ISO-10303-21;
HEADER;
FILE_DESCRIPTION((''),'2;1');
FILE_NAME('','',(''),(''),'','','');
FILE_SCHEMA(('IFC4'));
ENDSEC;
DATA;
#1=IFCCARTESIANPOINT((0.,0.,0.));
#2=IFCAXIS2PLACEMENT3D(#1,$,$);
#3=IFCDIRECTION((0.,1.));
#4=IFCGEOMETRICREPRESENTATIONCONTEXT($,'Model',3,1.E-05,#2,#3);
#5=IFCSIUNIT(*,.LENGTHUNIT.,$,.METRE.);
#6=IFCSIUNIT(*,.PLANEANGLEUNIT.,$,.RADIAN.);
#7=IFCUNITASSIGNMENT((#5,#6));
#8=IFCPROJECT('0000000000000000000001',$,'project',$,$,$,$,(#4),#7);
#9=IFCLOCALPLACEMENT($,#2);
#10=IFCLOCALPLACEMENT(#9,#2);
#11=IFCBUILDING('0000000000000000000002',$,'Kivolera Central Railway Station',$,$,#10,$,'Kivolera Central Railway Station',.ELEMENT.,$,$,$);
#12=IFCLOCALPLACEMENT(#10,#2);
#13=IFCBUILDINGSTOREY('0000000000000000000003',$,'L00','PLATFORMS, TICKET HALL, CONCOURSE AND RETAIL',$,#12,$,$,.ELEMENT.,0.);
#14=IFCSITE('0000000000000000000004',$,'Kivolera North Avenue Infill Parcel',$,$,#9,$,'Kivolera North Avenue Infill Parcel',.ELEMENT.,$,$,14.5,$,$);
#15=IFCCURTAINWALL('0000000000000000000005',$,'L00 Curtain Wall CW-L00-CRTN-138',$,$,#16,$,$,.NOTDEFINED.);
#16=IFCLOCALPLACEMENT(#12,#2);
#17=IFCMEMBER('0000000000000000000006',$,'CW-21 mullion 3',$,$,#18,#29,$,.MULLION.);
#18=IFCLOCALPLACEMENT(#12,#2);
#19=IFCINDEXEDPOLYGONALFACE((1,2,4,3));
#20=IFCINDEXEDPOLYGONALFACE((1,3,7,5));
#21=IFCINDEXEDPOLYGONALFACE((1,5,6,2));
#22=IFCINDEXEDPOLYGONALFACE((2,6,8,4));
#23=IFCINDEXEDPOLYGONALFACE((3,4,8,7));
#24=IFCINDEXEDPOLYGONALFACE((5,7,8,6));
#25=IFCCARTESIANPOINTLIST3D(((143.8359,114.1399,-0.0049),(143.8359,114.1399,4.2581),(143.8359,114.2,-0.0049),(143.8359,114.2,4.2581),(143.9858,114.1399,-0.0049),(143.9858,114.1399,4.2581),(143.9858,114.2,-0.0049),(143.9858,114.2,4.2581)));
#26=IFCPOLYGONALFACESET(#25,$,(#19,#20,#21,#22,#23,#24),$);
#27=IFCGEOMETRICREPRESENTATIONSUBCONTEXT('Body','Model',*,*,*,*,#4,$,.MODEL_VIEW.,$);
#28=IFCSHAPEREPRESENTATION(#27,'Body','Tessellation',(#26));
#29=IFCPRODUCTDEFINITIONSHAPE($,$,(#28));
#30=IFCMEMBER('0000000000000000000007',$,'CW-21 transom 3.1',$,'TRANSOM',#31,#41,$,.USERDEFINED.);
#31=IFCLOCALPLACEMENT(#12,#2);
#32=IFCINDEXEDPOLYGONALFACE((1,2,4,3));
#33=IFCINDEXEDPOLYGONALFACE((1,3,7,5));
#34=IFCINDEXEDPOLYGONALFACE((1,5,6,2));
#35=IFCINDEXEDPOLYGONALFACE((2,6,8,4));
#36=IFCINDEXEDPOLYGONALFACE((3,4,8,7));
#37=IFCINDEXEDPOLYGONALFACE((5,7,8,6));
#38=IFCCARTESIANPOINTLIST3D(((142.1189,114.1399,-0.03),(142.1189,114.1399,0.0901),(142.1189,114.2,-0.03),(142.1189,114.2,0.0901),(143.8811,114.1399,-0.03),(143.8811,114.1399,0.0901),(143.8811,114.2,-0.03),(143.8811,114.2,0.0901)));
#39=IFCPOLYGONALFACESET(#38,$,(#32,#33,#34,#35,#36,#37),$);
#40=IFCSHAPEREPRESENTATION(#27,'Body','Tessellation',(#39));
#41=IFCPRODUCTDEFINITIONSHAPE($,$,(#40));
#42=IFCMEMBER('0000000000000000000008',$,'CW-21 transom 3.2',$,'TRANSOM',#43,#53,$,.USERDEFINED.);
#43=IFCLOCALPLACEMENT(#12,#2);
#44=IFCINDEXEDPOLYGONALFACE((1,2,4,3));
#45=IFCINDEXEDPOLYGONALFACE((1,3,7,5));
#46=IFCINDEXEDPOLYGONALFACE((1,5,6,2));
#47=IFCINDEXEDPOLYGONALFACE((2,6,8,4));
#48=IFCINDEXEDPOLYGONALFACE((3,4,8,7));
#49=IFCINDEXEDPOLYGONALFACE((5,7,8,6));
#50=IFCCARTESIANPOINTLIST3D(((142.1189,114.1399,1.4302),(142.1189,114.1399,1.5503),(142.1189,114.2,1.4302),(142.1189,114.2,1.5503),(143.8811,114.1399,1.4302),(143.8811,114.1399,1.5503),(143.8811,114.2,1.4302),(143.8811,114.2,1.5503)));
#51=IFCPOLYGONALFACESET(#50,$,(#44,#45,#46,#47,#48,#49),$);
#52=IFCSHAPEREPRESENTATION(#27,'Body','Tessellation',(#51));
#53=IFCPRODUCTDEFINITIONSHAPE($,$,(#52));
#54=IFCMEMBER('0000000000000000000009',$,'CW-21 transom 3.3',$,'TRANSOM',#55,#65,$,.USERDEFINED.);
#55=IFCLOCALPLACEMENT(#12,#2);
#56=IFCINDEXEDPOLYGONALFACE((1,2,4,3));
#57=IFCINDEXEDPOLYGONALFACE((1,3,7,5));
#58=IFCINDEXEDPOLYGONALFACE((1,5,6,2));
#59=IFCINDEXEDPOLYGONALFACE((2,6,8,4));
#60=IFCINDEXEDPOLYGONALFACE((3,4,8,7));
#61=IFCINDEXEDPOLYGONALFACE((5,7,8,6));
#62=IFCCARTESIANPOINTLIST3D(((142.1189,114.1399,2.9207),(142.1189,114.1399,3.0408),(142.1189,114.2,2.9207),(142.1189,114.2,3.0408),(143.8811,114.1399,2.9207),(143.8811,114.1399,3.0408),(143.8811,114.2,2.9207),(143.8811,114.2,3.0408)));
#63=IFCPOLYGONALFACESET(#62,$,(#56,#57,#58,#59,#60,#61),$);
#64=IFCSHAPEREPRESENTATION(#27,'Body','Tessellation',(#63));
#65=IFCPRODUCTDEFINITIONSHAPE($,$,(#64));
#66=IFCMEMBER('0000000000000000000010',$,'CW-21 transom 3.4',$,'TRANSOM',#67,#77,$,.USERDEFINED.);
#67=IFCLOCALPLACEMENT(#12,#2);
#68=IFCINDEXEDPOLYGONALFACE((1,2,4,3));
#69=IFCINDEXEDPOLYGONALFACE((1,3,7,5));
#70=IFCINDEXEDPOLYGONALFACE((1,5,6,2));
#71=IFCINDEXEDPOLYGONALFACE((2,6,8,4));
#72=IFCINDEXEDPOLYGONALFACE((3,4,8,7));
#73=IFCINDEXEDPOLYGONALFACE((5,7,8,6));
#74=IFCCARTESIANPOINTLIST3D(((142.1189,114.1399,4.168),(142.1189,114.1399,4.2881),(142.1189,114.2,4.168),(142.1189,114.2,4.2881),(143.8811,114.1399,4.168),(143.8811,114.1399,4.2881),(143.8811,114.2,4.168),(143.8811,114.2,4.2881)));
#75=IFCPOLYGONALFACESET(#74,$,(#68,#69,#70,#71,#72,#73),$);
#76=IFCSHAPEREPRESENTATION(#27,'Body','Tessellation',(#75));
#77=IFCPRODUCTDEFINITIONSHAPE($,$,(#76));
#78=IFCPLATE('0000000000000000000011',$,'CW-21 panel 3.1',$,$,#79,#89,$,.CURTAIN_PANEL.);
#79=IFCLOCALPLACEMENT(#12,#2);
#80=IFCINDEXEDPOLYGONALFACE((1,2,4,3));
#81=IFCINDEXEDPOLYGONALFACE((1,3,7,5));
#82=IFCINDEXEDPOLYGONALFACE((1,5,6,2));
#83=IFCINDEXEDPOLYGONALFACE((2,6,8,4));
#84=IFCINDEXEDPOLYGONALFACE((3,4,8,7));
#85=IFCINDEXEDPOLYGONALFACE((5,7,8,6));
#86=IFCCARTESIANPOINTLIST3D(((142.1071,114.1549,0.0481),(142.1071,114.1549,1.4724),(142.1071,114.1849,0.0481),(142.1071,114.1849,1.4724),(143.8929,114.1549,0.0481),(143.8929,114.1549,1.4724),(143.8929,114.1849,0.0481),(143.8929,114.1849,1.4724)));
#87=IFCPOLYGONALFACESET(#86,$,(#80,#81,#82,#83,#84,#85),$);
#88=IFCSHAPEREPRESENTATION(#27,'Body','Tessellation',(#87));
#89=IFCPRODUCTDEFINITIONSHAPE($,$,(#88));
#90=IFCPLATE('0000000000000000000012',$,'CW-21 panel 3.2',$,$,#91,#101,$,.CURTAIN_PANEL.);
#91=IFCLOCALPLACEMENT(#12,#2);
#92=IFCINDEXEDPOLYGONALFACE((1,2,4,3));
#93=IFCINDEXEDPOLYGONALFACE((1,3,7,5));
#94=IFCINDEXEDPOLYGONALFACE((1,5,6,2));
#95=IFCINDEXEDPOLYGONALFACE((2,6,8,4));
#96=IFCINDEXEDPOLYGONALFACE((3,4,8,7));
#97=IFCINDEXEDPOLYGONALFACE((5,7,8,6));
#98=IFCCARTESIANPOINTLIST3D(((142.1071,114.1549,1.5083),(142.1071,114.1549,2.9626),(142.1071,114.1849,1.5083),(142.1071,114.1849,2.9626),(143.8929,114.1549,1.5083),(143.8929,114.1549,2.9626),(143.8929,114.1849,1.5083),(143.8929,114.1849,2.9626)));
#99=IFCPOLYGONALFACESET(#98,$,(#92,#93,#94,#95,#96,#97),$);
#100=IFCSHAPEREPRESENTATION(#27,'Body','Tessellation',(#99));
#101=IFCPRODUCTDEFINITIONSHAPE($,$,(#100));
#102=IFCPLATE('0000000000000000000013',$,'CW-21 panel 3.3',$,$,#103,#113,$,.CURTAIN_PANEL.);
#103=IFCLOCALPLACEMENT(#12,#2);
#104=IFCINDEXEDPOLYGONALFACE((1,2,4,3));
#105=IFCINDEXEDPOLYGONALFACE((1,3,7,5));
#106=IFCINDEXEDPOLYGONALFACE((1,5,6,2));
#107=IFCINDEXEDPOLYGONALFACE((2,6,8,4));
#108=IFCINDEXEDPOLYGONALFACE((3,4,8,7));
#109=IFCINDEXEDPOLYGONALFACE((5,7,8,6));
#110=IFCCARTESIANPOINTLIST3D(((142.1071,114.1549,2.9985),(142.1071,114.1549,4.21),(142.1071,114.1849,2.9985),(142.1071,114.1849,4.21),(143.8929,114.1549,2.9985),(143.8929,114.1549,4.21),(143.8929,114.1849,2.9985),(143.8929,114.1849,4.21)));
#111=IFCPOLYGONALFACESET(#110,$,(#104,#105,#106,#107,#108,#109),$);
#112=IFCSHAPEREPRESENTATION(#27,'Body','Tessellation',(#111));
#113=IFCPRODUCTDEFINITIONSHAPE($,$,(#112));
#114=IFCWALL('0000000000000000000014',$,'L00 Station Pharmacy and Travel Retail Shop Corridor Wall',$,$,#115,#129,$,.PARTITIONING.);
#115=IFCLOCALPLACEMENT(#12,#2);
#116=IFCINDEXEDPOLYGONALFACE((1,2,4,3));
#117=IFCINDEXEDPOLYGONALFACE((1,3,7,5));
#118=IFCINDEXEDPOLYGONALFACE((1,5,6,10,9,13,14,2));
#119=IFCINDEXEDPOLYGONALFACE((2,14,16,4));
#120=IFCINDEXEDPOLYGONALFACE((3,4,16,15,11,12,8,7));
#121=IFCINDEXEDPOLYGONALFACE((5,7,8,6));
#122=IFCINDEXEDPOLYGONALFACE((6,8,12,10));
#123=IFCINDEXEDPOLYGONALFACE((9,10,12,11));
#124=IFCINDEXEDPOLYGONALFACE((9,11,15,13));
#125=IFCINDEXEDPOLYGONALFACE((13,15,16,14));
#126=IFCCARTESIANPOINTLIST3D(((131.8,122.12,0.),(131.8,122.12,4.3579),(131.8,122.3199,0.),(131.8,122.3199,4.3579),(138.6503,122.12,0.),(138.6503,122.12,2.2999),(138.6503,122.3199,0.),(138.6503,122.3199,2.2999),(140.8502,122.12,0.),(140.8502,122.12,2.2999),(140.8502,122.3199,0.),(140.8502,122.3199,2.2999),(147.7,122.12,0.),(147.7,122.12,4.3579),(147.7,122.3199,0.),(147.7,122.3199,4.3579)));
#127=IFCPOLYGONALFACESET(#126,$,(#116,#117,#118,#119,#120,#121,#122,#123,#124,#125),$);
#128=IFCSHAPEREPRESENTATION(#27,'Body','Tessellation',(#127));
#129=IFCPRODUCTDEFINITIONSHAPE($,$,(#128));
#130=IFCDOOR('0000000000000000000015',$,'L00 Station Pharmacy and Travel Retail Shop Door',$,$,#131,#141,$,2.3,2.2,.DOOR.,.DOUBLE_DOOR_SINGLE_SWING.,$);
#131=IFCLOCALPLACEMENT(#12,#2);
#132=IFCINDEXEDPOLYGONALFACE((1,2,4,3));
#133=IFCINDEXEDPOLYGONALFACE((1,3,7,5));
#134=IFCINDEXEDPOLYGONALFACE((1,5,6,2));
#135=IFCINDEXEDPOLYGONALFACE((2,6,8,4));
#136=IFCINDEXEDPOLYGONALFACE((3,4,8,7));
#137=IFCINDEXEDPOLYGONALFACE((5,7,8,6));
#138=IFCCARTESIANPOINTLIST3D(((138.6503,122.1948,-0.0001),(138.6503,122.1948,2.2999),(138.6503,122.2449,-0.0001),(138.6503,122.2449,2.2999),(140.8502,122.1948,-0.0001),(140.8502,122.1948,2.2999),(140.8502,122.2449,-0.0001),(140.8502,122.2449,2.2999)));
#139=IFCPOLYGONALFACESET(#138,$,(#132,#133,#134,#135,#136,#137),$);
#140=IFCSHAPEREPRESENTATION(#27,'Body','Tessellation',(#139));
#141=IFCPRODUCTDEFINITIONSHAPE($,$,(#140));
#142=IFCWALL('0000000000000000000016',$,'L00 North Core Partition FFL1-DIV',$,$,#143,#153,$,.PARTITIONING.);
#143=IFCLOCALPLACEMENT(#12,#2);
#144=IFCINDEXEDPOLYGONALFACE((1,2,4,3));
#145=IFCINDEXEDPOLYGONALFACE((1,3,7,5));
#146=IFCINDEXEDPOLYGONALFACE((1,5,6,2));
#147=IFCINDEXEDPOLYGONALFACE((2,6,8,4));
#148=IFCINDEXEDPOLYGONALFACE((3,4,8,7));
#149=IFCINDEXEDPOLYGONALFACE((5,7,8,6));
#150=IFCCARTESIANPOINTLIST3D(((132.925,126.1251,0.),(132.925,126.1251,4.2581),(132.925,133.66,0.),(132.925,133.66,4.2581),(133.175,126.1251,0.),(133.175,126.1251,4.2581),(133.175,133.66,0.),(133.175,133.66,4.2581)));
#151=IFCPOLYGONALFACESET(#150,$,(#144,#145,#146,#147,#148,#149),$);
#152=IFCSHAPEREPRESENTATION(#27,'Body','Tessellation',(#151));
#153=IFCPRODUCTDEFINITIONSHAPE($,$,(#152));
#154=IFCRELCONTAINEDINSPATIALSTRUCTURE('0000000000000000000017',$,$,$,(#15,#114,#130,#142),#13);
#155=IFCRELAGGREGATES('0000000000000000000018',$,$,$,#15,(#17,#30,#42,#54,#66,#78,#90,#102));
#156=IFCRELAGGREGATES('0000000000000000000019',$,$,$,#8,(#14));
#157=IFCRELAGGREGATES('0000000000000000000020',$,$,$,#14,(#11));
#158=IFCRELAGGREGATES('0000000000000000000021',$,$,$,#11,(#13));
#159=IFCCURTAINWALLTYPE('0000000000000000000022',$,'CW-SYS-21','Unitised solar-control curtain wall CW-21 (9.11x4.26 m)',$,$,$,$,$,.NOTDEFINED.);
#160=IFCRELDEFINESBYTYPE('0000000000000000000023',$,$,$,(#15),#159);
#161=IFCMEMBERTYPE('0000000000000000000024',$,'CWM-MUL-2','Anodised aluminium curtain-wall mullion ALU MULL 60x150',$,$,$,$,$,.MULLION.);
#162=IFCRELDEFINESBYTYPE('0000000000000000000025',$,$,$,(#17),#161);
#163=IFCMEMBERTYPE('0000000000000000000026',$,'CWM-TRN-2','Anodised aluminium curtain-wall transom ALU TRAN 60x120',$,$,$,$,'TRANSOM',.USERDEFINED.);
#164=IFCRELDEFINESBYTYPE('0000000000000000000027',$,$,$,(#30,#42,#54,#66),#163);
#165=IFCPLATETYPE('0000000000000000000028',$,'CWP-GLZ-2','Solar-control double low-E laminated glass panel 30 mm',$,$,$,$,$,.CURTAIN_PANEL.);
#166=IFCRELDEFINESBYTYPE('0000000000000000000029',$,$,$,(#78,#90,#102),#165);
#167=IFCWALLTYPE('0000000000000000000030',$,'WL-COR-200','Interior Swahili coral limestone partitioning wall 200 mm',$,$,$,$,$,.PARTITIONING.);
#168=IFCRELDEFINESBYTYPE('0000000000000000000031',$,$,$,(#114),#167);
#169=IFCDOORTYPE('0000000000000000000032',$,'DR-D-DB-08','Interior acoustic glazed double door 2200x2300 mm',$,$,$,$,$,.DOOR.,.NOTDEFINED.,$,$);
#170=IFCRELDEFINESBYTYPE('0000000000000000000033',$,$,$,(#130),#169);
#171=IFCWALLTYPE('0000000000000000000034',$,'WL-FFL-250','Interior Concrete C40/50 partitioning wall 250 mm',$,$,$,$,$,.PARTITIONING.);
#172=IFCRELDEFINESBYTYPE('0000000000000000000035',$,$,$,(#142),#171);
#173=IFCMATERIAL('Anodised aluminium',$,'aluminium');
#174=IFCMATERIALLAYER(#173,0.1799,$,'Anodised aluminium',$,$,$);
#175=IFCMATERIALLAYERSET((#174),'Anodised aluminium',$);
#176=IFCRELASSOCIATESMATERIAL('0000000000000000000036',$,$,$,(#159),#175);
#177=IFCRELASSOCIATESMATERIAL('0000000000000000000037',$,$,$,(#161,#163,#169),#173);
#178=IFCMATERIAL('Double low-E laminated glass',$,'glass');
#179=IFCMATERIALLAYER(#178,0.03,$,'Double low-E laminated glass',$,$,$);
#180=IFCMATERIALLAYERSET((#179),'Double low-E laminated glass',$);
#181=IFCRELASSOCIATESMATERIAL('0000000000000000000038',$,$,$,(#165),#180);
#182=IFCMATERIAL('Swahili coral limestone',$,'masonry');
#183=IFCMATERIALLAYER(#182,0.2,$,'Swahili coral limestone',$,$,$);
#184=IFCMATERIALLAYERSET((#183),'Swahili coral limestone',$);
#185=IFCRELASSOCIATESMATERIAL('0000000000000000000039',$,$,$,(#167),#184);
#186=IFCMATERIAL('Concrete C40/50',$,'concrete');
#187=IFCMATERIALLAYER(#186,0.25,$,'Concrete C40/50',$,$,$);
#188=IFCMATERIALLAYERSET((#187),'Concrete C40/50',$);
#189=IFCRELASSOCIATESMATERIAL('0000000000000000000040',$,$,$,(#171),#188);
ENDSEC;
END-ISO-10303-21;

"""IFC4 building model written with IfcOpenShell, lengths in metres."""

from ifc_helpers import new_model, si_unit, direction, frame, frame_2d, origin, origin_2d, place, context, subcontext, project, spatial, rectangle, extrude, material, layer, layer_set, material_profile, profile_set, type_object, element, fill, aggregate, save


model = new_model("IFC4")

# Units and contexts
model_context = context("Model", 3, precision=1e-05, world=origin(), true_north=direction((0.0, 1.0)))
body_context = subcontext(model_context, "Body", "Model", "MODEL_VIEW")
ifc_project = project(units=[si_unit("LENGTHUNIT", "METRE"), si_unit("PLANEANGLEUNIT", "RADIAN")], contexts=[model_context])

# Site, building, storey
site_placement = place(None, origin())
site = spatial("IfcSite", under=ifc_project, at=site_placement, Name="Kivolera North Avenue Infill Parcel", LongName="Kivolera North Avenue Infill Parcel", CompositionType="ELEMENT", RefElevation=14.5)
building_placement = place(site_placement, origin())
building = spatial("IfcBuilding", under=site, at=building_placement, Name="Kivolera Central Railway Station", LongName="Kivolera Central Railway Station", CompositionType="ELEMENT")
storey_placement = place(building_placement, origin())
storey = spatial("IfcBuildingStorey", under=building, at=storey_placement, Name="L00", Description="PLATFORMS, TICKET HALL, CONCOURSE AND RETAIL", CompositionType="ELEMENT", Elevation=0.0)

# Shared definitions
ifc_material_1 = material(Name="Concrete C40/50", Category="concrete")

# Curtain wall, members, plates
ifc_material_2 = material(Name="Anodised aluminium", Category="aluminium")
ifc_layer_1 = layer(ifc_material_2, 0.1799, Name="Anodised aluminium")
ifc_layer_set_1 = layer_set([ifc_layer_1], Name="Anodised aluminium")
curtain_wall_type = type_object("IfcCurtainWallType", Name="CW-SYS-21", Description="Unitised solar-control curtain wall CW-21 (9.11x4.26 m)", PredefinedType="NOTDEFINED", material=ifc_layer_set_1)
curtain_wall_placement = place(storey_placement, origin())
curtain_wall = element("IfcCurtainWall", 1, at=curtain_wall_placement, inside=storey, type_object=curtain_wall_type, Name="L00 Curtain Wall CW-L00-CRTN-138", PredefinedType="NOTDEFINED")
ifc_material_profile_1 = material_profile(ifc_material_2, rectangle(XDim=0.0601, YDim=0.1499, at=origin_2d()), Name="ALU MULL 60x150")
ifc_profile_set_1 = profile_set([ifc_material_profile_1], Name="Anodised aluminium")
member_type_1 = type_object("IfcMemberType", Name="CWM-MUL-2", Description="Anodised aluminium curtain-wall mullion ALU MULL 60x150", PredefinedType="MULLION", material=ifc_profile_set_1)
member_1_placement = place(storey_placement, frame((143.9109, 114.1699, -0.0049), z_axis=(0.0, 0.0, 1.0), x_axis=(0.0, -1.0, 0.0)))
member_1 = element("IfcMember", 2, at=member_1_placement, type_object=member_type_1, Name="CW-21 mullion 3", PredefinedType="MULLION", context=body_context, shape_type="SweptSolid", body=[
    extrude(rectangle(XDim=0.0601, YDim=0.1499, at=origin_2d()), origin(), (0.0, 0.0, 1.0), 4.2629),
])
ifc_material_profile_2 = material_profile(ifc_material_2, rectangle(XDim=0.0601, YDim=0.1201, at=origin_2d()), Name="ALU TRAN 60x120")
ifc_profile_set_2 = profile_set([ifc_material_profile_2], Name="Anodised aluminium")
member_type_2 = type_object("IfcMemberType", Name="CWM-TRN-2", Description="Anodised aluminium curtain-wall transom ALU TRAN 60x120", ElementType="TRANSOM", PredefinedType="USERDEFINED", material=ifc_profile_set_2)
member_2_placement = place(storey_placement, frame((143.8811, 114.1699, 0.03), z_axis=(-1.0, 0.0, 0.0), x_axis=(0.0, -1.0, 0.0)))
member_2 = element("IfcMember", 3, at=member_2_placement, type_object=member_type_2, Name="CW-21 transom 3.1", ObjectType="TRANSOM", PredefinedType="USERDEFINED", context=body_context, shape_type="SweptSolid", body=[
    extrude(rectangle(XDim=0.0601, YDim=0.1201, at=origin_2d()), origin(), (0.0, 0.0, 1.0), 1.7622),
])
member_3_placement = place(storey_placement, frame((143.8811, 114.1699, 1.4902), z_axis=(-1.0, 0.0, 0.0), x_axis=(0.0, -1.0, 0.0)))
member_3 = element("IfcMember", 4, at=member_3_placement, type_object=member_type_2, Name="CW-21 transom 3.2", ObjectType="TRANSOM", PredefinedType="USERDEFINED", context=body_context, shape_type="SweptSolid", body=[
    extrude(rectangle(XDim=0.0601, YDim=0.1201, at=origin_2d()), origin(), (0.0, 0.0, 1.0), 1.7622),
])
member_4_placement = place(storey_placement, frame((143.8811, 114.1699, 2.9807), z_axis=(-1.0, 0.0, 0.0), x_axis=(0.0, -1.0, 0.0)))
member_4 = element("IfcMember", 5, at=member_4_placement, type_object=member_type_2, Name="CW-21 transom 3.3", ObjectType="TRANSOM", PredefinedType="USERDEFINED", context=body_context, shape_type="SweptSolid", body=[
    extrude(rectangle(XDim=0.0601, YDim=0.1201, at=origin_2d()), origin(), (0.0, 0.0, 1.0), 1.7622),
])
member_5_placement = place(storey_placement, frame((143.8811, 114.1699, 4.228), z_axis=(-1.0, 0.0, 0.0), x_axis=(0.0, -1.0, 0.0)))
member_5 = element("IfcMember", 6, at=member_5_placement, type_object=member_type_2, Name="CW-21 transom 3.4", ObjectType="TRANSOM", PredefinedType="USERDEFINED", context=body_context, shape_type="SweptSolid", body=[
    extrude(rectangle(XDim=0.0601, YDim=0.1201, at=origin_2d()), origin(), (0.0, 0.0, 1.0), 1.7622),
])
ifc_material_3 = material(Name="Double low-E laminated glass", Category="glass")
ifc_layer_2 = layer(ifc_material_3, 0.03, Name="Double low-E laminated glass")
ifc_layer_set_2 = layer_set([ifc_layer_2], Name="Double low-E laminated glass")
plate_type = type_object("IfcPlateType", Name="CWP-GLZ-2", Description="Solar-control double low-E laminated glass panel 30 mm", PredefinedType="CURTAIN_PANEL", material=ifc_layer_set_2)
plate_1_placement = place(storey_placement, frame((143.0, 114.1699, 0.0481), z_axis=(0.0, 0.0, 1.0), x_axis=(-1.0, 0.0, 0.0)))
plate_1 = element("IfcPlate", 7, at=plate_1_placement, type_object=plate_type, Name="CW-21 panel 3.1", PredefinedType="CURTAIN_PANEL", context=body_context, shape_type="SweptSolid", body=[
    extrude(rectangle(XDim=1.7859, YDim=0.03, at=origin_2d()), origin(), (0.0, 0.0, 1.0), 1.4243),
])
plate_2_placement = place(storey_placement, frame((143.0, 114.1699, 1.5083), z_axis=(0.0, 0.0, 1.0), x_axis=(-1.0, 0.0, 0.0)))
plate_2 = element("IfcPlate", 8, at=plate_2_placement, type_object=plate_type, Name="CW-21 panel 3.2", PredefinedType="CURTAIN_PANEL", context=body_context, shape_type="SweptSolid", body=[
    extrude(rectangle(XDim=1.7859, YDim=0.03, at=origin_2d()), origin(), (0.0, 0.0, 1.0), 1.4543),
])
plate_3_placement = place(storey_placement, frame((143.0, 114.1699, 2.9985), z_axis=(0.0, 0.0, 1.0), x_axis=(-1.0, 0.0, 0.0)))
plate_3 = element("IfcPlate", 9, at=plate_3_placement, type_object=plate_type, Name="CW-21 panel 3.3", PredefinedType="CURTAIN_PANEL", context=body_context, shape_type="SweptSolid", body=[
    extrude(rectangle(XDim=1.7859, YDim=0.03, at=origin_2d()), origin(), (0.0, 0.0, 1.0), 1.2114),
])
aggregate(curtain_wall, [member_1, member_2, member_3, member_4, member_5, plate_1, plate_2, plate_3])

# Wall, opening, door
ifc_material_4 = material(Name="Swahili coral limestone", Category="masonry")
ifc_layer_3 = layer(ifc_material_4, 0.2, Name="Swahili coral limestone")
ifc_layer_set_3 = layer_set([ifc_layer_3], Name="Swahili coral limestone")
wall_type_1 = type_object("IfcWallType", Name="WL-COR-200", Description="Interior Swahili coral limestone partitioning wall 200 mm", PredefinedType="PARTITIONING", material=ifc_layer_set_3)
wall_1_placement = place(storey_placement, frame((131.8, 122.22, 0.0), z_axis=(0.0, 0.0, 1.0), x_axis=(1.0, 0.0, 0.0)))
wall_1 = element("IfcWall", 10, at=wall_1_placement, inside=storey, type_object=wall_type_1, Name="L00 Station Pharmacy and Travel Retail Shop Corridor Wall", PredefinedType="PARTITIONING", context=body_context, shape_type="SweptSolid", body=[
    extrude(rectangle(XDim=15.8999, YDim=0.2, at=frame_2d((7.95, 0.0))), origin(), (0.0, 0.0, 1.0), 4.3579),
])
opening_1_placement = place(wall_1_placement, frame((6.8501, 0.0, 0.0)))
opening_1 = element("IfcOpeningElement", 11, at=opening_1_placement, cuts=wall_1, PredefinedType="OPENING", context=body_context, shape_type="SweptSolid", body=[
    extrude(rectangle(XDim=2.2, YDim=2.3, at=frame_2d((1.1001, 1.1499))), frame((0.0, 0.1099, 0.0), z_axis=(0.0, -1.0, 0.0), x_axis=(1.0, 0.0, 0.0)), (0.0, 0.0, 1.0), 0.22),
])
door_type_1 = type_object("IfcDoorType", Name="DR-D-DB-08", Description="Interior acoustic glazed double door 2200x2300 mm", OperationType="NOTDEFINED", PredefinedType="DOOR", material=ifc_material_2)
door_1_placement = place(opening_1_placement, origin())
door_1 = element("IfcDoor", 12, at=door_1_placement, inside=storey, type_object=door_type_1, Name="L00 Station Pharmacy and Travel Retail Shop Door", OperationType="DOUBLE_DOOR_SINGLE_SWING", OverallHeight=2.3, OverallWidth=2.2, PredefinedType="DOOR", context=body_context, shape_type="SweptSolid", body=[
    extrude(rectangle(XDim=2.2, YDim=2.3, at=frame_2d((1.1001, 1.1499))), frame((0.0, 0.0249, 0.0), z_axis=(0.0, -1.0, 0.0), x_axis=(1.0, 0.0, 0.0)), (0.0, 0.0, 1.0), 0.05),
])
fill(opening_1, door_1)

# Wall
ifc_layer_4 = layer(ifc_material_1, 0.25, Name="Concrete C40/50")
ifc_layer_set_4 = layer_set([ifc_layer_4], Name="Concrete C40/50")
wall_type_2 = type_object("IfcWallType", Name="WL-FFL-250", Description="Interior Concrete C40/50 partitioning wall 250 mm", PredefinedType="PARTITIONING", material=ifc_layer_set_4)
wall_2_placement = place(storey_placement, frame((133.05, 126.125, 0.0), z_axis=(0.0, 0.0, 1.0), x_axis=(0.0, 1.0, 0.0)))
element("IfcWall", 13, at=wall_2_placement, inside=storey, type_object=wall_type_2, Name="L00 North Core Partition FFL1-DIV", PredefinedType="PARTITIONING", context=body_context, shape_type="SweptSolid", body=[
    extrude(rectangle(XDim=7.5349, YDim=0.25, at=frame_2d((3.7676, 0.0))), origin(), (0.0, 0.0, 1.0), 4.2581),
])

save(model, "model.ifc")
